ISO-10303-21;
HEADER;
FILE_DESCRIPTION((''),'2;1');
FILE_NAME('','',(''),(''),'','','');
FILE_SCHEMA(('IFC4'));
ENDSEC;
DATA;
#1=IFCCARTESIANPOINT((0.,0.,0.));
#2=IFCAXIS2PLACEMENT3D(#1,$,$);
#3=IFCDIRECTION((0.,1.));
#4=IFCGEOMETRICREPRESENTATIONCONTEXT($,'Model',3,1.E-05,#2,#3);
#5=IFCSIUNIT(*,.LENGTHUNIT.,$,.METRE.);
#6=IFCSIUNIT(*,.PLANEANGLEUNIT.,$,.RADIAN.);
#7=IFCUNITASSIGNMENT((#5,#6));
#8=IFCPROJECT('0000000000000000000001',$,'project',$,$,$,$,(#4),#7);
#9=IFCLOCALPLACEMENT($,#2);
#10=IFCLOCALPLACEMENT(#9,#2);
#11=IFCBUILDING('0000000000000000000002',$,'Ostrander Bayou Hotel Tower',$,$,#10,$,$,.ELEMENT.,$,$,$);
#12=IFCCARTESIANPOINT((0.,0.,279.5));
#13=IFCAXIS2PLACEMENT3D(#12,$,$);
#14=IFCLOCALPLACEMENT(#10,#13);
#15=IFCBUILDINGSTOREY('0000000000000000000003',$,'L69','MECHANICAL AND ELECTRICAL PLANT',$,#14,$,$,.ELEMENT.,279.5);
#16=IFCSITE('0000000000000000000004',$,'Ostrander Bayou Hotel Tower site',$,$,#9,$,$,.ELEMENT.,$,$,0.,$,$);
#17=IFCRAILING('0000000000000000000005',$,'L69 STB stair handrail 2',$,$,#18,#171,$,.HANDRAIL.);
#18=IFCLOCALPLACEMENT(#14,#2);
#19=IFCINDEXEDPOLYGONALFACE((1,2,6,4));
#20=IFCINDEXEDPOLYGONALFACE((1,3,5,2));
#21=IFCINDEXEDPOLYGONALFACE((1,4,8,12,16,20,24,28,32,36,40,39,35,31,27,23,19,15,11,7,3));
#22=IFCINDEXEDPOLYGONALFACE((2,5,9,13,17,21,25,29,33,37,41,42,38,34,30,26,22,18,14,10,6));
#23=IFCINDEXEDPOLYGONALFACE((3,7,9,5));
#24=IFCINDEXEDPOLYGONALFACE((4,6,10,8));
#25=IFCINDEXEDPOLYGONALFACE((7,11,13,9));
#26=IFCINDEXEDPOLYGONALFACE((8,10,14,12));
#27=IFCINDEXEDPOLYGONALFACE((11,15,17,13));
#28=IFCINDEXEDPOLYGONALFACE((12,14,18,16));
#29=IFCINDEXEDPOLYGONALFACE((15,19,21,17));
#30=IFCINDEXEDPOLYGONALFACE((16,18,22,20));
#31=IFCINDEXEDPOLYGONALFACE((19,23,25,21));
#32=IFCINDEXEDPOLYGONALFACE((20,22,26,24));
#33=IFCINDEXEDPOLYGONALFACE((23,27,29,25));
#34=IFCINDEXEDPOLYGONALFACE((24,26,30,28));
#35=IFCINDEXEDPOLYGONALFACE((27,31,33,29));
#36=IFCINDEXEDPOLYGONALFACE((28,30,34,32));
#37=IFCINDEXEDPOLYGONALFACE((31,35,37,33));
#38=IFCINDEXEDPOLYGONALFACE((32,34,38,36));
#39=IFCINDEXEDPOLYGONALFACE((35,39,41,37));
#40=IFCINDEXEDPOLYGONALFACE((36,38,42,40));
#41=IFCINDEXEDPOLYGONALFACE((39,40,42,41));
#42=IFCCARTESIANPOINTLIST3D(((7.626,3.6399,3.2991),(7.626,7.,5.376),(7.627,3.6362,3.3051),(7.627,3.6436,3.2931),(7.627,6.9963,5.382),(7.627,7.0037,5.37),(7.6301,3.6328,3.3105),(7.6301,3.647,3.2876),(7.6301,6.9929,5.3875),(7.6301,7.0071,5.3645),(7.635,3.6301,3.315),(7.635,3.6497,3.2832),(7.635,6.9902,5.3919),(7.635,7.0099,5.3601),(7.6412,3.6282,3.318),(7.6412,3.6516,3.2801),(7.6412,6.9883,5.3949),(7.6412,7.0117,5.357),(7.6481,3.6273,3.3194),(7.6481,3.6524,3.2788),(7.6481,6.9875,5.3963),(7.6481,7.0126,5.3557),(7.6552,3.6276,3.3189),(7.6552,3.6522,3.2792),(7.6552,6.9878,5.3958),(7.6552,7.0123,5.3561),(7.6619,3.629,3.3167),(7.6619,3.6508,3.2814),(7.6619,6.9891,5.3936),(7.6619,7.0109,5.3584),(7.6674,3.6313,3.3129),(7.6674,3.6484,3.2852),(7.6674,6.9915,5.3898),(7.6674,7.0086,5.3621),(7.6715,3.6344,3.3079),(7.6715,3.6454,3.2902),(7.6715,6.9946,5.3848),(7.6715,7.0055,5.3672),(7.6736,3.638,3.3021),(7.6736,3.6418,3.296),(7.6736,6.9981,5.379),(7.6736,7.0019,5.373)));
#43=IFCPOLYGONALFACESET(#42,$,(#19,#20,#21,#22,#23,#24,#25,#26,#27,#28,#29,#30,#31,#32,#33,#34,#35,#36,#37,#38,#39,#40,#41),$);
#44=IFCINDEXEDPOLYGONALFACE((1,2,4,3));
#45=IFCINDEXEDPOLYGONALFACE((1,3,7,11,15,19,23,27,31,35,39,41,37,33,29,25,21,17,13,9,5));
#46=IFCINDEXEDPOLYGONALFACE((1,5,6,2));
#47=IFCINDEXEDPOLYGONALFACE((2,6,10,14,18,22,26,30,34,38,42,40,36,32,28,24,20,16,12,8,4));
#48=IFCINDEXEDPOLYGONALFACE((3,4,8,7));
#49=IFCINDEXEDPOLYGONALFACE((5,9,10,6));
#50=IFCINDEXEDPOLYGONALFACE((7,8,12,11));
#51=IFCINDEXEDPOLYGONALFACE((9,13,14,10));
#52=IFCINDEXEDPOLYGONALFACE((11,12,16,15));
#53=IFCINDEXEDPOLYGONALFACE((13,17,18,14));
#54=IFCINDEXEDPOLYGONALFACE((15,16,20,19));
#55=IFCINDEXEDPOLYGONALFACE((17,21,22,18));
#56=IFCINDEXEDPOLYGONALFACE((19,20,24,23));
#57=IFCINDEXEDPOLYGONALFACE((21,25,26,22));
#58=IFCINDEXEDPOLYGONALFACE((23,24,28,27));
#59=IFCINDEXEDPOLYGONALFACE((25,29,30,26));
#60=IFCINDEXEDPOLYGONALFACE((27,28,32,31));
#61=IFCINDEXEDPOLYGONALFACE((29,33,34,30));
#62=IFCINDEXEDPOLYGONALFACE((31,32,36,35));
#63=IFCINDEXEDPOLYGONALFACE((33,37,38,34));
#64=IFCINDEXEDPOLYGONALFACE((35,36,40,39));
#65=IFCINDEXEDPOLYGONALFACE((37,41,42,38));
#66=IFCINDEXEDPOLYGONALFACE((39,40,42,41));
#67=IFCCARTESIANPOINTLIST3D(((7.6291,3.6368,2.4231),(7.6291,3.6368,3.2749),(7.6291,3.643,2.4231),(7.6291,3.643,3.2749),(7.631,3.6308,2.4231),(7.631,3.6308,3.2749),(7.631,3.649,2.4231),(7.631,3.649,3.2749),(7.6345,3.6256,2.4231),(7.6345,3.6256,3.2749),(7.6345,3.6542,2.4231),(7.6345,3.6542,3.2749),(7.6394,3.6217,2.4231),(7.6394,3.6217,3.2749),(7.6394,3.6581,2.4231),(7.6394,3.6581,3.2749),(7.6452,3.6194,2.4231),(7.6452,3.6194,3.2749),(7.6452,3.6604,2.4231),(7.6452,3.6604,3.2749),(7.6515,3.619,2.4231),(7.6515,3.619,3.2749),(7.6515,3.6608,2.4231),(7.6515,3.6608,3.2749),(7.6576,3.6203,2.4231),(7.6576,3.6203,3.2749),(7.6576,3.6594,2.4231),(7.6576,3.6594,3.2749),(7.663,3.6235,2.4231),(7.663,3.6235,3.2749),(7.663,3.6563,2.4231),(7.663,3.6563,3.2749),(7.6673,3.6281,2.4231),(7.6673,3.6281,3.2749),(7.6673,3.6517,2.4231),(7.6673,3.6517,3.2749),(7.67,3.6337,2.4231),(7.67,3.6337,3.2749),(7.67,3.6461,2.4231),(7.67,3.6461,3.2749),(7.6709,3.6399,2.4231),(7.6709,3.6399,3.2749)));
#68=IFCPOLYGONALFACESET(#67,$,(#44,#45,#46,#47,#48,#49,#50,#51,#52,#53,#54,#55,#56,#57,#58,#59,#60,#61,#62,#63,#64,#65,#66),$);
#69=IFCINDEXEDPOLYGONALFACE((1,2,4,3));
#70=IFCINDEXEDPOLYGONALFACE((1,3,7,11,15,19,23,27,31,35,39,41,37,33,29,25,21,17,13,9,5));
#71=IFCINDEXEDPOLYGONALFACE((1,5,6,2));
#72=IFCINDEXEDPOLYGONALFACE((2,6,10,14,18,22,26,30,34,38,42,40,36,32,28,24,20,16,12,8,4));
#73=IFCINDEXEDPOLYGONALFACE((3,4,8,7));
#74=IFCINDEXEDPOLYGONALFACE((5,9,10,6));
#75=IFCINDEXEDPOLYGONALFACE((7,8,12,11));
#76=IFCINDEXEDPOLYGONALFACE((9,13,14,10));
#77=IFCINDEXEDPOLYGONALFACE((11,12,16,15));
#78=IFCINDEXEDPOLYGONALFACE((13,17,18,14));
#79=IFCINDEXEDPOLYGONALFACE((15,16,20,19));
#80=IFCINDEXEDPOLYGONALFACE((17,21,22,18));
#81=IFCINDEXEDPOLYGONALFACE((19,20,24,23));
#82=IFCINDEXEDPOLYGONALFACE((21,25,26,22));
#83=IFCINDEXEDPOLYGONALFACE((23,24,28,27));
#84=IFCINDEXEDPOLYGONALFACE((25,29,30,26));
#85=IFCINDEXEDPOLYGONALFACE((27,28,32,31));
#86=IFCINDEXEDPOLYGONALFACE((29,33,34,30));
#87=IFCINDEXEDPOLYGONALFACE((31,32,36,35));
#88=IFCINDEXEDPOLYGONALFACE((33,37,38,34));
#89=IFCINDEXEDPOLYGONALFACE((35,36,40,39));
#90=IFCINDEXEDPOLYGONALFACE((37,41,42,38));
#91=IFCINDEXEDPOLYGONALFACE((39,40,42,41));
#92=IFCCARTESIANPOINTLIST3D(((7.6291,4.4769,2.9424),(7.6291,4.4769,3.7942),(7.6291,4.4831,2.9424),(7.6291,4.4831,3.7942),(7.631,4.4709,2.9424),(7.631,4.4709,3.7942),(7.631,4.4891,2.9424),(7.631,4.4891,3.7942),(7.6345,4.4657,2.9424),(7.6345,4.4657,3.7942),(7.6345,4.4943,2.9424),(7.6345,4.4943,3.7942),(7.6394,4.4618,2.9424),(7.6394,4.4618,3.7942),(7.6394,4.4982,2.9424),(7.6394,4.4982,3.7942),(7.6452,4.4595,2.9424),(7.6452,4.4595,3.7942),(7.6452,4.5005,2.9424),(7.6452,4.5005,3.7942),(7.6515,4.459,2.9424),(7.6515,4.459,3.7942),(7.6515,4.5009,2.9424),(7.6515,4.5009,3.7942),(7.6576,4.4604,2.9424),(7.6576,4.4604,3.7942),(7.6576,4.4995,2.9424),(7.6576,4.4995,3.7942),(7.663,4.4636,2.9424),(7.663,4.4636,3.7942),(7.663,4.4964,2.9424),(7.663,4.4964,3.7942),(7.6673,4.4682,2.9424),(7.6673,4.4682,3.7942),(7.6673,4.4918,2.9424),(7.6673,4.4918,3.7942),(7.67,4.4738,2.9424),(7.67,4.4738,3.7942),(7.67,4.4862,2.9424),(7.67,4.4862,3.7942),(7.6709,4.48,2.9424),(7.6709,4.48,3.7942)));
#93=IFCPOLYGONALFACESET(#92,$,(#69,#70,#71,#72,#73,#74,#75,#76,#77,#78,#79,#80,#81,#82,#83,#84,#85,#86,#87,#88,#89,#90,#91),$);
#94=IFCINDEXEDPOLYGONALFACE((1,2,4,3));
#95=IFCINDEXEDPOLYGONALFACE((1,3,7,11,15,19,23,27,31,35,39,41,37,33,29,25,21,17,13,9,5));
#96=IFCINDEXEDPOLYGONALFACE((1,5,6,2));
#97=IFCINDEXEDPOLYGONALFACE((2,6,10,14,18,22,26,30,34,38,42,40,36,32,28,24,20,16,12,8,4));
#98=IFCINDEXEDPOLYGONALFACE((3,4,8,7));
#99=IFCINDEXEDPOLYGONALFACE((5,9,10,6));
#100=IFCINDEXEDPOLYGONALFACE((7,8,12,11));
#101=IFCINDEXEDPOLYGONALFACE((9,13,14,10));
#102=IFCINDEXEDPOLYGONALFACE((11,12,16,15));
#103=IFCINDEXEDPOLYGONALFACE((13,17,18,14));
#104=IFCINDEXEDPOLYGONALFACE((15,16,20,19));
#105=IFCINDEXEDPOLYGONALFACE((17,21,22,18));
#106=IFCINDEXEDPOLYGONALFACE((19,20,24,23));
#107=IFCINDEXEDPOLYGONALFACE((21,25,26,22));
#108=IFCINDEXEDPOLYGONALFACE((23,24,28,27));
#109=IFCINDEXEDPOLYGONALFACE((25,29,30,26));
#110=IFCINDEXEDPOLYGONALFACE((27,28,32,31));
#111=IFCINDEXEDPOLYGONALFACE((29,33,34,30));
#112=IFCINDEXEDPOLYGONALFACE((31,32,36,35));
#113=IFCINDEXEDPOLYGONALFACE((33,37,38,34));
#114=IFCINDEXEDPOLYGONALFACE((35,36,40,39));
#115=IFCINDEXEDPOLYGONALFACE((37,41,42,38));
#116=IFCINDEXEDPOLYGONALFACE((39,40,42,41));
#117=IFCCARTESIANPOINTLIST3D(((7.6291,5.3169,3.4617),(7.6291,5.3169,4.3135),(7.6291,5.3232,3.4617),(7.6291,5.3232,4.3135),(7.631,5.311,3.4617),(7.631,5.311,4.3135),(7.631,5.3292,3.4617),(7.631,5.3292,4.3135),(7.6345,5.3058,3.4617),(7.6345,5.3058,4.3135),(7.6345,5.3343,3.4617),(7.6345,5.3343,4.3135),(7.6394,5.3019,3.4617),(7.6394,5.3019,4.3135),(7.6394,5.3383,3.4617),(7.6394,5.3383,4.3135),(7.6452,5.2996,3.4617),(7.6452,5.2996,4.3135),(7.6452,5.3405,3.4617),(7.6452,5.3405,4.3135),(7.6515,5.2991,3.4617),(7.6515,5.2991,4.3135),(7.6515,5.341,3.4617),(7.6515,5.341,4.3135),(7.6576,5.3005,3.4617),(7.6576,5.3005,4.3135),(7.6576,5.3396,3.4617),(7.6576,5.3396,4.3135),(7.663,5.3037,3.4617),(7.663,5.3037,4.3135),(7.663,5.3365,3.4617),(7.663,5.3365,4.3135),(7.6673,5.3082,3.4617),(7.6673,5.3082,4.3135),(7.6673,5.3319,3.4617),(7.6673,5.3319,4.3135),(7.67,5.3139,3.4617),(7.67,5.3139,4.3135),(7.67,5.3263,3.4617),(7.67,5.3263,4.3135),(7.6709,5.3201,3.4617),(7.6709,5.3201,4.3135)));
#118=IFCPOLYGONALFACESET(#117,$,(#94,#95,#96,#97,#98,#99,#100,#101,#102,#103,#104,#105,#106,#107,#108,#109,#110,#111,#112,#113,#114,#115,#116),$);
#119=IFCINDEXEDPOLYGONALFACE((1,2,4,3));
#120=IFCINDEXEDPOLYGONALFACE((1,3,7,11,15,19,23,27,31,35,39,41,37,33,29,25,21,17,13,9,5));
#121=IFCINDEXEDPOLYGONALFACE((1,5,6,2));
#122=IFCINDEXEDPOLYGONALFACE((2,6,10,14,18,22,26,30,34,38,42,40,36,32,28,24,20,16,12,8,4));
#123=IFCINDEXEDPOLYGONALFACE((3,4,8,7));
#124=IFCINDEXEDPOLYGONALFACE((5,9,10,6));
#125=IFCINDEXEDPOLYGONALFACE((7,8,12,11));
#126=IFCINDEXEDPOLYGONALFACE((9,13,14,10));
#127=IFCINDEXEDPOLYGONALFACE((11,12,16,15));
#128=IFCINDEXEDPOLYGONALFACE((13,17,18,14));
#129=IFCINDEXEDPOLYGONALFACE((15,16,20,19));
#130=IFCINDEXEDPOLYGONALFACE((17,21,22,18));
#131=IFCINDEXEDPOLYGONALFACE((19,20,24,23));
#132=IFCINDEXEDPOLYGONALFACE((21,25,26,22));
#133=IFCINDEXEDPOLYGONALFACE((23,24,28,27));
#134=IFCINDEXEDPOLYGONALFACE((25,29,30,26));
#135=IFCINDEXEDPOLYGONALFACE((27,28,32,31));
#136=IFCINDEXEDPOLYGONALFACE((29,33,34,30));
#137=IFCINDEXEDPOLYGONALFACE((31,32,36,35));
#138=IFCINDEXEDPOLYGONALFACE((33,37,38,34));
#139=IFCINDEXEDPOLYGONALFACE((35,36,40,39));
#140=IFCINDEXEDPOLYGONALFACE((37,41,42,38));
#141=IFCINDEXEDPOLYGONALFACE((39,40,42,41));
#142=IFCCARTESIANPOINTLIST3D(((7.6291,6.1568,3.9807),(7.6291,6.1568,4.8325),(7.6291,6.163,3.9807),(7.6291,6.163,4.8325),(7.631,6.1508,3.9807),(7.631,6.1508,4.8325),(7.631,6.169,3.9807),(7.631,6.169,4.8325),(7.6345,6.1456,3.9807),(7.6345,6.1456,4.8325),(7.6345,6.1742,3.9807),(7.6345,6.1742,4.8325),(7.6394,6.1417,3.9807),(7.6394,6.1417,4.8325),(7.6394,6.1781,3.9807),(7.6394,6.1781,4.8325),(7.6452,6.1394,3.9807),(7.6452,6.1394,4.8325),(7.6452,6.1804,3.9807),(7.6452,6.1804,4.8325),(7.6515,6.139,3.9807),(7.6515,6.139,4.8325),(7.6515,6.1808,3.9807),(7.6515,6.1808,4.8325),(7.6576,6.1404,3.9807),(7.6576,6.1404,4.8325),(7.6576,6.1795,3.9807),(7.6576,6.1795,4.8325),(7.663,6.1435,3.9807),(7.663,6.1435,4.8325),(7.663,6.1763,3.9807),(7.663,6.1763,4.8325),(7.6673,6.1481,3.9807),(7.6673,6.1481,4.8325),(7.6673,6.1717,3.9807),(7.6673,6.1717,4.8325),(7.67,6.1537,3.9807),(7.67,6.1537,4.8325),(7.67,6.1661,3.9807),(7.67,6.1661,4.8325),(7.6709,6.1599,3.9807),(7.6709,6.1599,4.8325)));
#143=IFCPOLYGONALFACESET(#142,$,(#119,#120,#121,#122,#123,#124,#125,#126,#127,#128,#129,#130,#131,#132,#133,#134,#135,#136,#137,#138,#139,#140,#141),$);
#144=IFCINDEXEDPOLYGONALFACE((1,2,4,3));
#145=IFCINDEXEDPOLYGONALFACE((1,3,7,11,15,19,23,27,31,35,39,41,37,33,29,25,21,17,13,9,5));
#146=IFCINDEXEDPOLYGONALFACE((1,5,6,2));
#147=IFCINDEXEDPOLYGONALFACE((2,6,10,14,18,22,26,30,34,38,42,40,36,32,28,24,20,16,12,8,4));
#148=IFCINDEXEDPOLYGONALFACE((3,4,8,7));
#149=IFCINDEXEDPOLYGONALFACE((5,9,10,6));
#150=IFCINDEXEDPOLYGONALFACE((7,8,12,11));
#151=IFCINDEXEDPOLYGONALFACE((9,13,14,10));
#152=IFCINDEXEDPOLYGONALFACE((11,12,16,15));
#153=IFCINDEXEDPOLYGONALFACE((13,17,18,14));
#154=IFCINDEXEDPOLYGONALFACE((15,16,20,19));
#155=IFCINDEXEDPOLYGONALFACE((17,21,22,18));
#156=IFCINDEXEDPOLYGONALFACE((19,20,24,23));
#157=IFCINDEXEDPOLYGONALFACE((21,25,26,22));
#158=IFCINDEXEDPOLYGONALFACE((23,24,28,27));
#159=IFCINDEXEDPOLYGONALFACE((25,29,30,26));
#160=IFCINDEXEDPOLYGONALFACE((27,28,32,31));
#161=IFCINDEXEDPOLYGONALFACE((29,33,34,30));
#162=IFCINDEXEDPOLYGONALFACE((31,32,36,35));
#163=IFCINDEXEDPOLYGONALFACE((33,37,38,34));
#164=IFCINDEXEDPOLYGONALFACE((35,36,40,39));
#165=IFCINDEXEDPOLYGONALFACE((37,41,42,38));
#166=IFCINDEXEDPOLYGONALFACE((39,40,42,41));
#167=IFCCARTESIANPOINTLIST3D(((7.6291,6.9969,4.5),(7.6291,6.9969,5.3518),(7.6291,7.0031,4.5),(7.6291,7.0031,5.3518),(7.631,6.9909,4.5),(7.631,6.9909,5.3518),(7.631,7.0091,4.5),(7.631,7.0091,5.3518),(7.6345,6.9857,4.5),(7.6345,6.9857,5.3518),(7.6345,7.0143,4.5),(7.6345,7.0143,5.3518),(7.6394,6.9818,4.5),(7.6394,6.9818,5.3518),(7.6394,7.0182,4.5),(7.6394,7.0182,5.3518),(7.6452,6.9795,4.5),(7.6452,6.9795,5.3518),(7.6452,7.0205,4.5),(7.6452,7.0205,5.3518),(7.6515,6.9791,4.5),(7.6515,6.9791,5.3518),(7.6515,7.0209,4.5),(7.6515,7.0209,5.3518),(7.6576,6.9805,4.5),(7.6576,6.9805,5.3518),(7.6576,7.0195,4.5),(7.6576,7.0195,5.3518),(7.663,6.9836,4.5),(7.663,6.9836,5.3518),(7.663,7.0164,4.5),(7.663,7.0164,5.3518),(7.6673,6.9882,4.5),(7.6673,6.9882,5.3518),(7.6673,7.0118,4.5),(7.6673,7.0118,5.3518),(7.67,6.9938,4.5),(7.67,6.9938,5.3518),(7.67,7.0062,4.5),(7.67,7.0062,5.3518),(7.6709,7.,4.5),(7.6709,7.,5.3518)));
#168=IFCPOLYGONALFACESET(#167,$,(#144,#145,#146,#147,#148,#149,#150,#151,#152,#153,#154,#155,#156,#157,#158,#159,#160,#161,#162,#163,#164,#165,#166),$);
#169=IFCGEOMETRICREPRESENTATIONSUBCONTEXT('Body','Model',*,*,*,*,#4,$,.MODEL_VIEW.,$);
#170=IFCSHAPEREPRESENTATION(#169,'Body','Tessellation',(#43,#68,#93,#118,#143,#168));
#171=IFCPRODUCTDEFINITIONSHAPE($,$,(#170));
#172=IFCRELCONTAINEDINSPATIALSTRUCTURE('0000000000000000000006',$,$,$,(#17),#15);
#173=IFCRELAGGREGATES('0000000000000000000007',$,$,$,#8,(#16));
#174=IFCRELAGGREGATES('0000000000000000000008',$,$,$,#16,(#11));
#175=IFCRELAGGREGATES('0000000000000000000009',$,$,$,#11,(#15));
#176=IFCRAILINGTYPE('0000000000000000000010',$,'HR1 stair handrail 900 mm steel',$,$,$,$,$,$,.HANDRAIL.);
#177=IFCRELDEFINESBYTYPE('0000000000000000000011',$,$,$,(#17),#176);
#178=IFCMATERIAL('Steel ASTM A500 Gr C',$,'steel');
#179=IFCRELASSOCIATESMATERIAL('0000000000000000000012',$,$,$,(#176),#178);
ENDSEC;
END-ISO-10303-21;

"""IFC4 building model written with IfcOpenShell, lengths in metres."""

from ifc_helpers import new_model, si_unit, direction, frame, origin, origin_2d, place, context, subcontext, project, spatial, circle, extrude, material, type_object, element, save


model = new_model("IFC4")

# Units and contexts
model_context = context("Model", 3, precision=1e-05, world=origin(), true_north=direction((0.0, 1.0)))
body_context = subcontext(model_context, "Body", "Model", "MODEL_VIEW")
ifc_project = project(units=[si_unit("LENGTHUNIT", "METRE"), si_unit("PLANEANGLEUNIT", "RADIAN")], contexts=[model_context])

# Site, building, storey
site_placement = place(None, origin())
site = spatial("IfcSite", under=ifc_project, at=site_placement, Name="Ostrander Bayou Hotel Tower site", CompositionType="ELEMENT", RefElevation=0.0)
building_placement = place(site_placement, origin())
building = spatial("IfcBuilding", under=site, at=building_placement, Name="Ostrander Bayou Hotel Tower", CompositionType="ELEMENT")
storey_placement = place(building_placement, frame((0.0, 0.0, 279.5)))
storey = spatial("IfcBuildingStorey", under=building, at=storey_placement, Name="L69", Description="MECHANICAL AND ELECTRICAL PLANT", CompositionType="ELEMENT", Elevation=279.5)

# Railing
ifc_material_1 = material(Name="Steel ASTM A500 Gr C", Category="steel")
railing_type_1 = type_object("IfcRailingType", Name="HR1 stair handrail 900 mm steel", PredefinedType="HANDRAIL", material=ifc_material_1)
railing_1_placement = place(storey_placement, frame((7.6499, 3.6399, 2.4231)))
element("IfcRailing", 1, at=railing_1_placement, inside=storey, type_object=railing_type_1, Name="L69 STB stair handrail 2", PredefinedType="HANDRAIL", context=body_context, shape_type="SweptSolid", body=[
    extrude(circle(Radius=0.0239, at=origin_2d()), frame((0.0, 0.0, 0.876), z_axis=(0.0, 0.850623, 0.525776), x_axis=(-1.0, 0.0, 0.0)), (0.0, 0.0, 1.0), 3.9502),
    extrude(circle(Radius=0.021, at=origin_2d()), origin(), (0.0, 0.0, 1.0), 0.8518),
    extrude(circle(Radius=0.021, at=origin_2d()), frame((0.0, 0.8401, 0.5193)), (0.0, 0.0, 1.0), 0.8518),
    extrude(circle(Radius=0.021, at=origin_2d()), frame((0.0, 1.6802, 1.0386)), (0.0, 0.0, 1.0), 0.8518),
    extrude(circle(Radius=0.021, at=origin_2d()), frame((0.0, 2.52, 1.5576)), (0.0, 0.0, 1.0), 0.8518),
    extrude(circle(Radius=0.021, at=origin_2d()), frame((0.0, 3.3601, 2.0769)), (0.0, 0.0, 1.0), 0.8518),
])

save(model, "model.ifc")
